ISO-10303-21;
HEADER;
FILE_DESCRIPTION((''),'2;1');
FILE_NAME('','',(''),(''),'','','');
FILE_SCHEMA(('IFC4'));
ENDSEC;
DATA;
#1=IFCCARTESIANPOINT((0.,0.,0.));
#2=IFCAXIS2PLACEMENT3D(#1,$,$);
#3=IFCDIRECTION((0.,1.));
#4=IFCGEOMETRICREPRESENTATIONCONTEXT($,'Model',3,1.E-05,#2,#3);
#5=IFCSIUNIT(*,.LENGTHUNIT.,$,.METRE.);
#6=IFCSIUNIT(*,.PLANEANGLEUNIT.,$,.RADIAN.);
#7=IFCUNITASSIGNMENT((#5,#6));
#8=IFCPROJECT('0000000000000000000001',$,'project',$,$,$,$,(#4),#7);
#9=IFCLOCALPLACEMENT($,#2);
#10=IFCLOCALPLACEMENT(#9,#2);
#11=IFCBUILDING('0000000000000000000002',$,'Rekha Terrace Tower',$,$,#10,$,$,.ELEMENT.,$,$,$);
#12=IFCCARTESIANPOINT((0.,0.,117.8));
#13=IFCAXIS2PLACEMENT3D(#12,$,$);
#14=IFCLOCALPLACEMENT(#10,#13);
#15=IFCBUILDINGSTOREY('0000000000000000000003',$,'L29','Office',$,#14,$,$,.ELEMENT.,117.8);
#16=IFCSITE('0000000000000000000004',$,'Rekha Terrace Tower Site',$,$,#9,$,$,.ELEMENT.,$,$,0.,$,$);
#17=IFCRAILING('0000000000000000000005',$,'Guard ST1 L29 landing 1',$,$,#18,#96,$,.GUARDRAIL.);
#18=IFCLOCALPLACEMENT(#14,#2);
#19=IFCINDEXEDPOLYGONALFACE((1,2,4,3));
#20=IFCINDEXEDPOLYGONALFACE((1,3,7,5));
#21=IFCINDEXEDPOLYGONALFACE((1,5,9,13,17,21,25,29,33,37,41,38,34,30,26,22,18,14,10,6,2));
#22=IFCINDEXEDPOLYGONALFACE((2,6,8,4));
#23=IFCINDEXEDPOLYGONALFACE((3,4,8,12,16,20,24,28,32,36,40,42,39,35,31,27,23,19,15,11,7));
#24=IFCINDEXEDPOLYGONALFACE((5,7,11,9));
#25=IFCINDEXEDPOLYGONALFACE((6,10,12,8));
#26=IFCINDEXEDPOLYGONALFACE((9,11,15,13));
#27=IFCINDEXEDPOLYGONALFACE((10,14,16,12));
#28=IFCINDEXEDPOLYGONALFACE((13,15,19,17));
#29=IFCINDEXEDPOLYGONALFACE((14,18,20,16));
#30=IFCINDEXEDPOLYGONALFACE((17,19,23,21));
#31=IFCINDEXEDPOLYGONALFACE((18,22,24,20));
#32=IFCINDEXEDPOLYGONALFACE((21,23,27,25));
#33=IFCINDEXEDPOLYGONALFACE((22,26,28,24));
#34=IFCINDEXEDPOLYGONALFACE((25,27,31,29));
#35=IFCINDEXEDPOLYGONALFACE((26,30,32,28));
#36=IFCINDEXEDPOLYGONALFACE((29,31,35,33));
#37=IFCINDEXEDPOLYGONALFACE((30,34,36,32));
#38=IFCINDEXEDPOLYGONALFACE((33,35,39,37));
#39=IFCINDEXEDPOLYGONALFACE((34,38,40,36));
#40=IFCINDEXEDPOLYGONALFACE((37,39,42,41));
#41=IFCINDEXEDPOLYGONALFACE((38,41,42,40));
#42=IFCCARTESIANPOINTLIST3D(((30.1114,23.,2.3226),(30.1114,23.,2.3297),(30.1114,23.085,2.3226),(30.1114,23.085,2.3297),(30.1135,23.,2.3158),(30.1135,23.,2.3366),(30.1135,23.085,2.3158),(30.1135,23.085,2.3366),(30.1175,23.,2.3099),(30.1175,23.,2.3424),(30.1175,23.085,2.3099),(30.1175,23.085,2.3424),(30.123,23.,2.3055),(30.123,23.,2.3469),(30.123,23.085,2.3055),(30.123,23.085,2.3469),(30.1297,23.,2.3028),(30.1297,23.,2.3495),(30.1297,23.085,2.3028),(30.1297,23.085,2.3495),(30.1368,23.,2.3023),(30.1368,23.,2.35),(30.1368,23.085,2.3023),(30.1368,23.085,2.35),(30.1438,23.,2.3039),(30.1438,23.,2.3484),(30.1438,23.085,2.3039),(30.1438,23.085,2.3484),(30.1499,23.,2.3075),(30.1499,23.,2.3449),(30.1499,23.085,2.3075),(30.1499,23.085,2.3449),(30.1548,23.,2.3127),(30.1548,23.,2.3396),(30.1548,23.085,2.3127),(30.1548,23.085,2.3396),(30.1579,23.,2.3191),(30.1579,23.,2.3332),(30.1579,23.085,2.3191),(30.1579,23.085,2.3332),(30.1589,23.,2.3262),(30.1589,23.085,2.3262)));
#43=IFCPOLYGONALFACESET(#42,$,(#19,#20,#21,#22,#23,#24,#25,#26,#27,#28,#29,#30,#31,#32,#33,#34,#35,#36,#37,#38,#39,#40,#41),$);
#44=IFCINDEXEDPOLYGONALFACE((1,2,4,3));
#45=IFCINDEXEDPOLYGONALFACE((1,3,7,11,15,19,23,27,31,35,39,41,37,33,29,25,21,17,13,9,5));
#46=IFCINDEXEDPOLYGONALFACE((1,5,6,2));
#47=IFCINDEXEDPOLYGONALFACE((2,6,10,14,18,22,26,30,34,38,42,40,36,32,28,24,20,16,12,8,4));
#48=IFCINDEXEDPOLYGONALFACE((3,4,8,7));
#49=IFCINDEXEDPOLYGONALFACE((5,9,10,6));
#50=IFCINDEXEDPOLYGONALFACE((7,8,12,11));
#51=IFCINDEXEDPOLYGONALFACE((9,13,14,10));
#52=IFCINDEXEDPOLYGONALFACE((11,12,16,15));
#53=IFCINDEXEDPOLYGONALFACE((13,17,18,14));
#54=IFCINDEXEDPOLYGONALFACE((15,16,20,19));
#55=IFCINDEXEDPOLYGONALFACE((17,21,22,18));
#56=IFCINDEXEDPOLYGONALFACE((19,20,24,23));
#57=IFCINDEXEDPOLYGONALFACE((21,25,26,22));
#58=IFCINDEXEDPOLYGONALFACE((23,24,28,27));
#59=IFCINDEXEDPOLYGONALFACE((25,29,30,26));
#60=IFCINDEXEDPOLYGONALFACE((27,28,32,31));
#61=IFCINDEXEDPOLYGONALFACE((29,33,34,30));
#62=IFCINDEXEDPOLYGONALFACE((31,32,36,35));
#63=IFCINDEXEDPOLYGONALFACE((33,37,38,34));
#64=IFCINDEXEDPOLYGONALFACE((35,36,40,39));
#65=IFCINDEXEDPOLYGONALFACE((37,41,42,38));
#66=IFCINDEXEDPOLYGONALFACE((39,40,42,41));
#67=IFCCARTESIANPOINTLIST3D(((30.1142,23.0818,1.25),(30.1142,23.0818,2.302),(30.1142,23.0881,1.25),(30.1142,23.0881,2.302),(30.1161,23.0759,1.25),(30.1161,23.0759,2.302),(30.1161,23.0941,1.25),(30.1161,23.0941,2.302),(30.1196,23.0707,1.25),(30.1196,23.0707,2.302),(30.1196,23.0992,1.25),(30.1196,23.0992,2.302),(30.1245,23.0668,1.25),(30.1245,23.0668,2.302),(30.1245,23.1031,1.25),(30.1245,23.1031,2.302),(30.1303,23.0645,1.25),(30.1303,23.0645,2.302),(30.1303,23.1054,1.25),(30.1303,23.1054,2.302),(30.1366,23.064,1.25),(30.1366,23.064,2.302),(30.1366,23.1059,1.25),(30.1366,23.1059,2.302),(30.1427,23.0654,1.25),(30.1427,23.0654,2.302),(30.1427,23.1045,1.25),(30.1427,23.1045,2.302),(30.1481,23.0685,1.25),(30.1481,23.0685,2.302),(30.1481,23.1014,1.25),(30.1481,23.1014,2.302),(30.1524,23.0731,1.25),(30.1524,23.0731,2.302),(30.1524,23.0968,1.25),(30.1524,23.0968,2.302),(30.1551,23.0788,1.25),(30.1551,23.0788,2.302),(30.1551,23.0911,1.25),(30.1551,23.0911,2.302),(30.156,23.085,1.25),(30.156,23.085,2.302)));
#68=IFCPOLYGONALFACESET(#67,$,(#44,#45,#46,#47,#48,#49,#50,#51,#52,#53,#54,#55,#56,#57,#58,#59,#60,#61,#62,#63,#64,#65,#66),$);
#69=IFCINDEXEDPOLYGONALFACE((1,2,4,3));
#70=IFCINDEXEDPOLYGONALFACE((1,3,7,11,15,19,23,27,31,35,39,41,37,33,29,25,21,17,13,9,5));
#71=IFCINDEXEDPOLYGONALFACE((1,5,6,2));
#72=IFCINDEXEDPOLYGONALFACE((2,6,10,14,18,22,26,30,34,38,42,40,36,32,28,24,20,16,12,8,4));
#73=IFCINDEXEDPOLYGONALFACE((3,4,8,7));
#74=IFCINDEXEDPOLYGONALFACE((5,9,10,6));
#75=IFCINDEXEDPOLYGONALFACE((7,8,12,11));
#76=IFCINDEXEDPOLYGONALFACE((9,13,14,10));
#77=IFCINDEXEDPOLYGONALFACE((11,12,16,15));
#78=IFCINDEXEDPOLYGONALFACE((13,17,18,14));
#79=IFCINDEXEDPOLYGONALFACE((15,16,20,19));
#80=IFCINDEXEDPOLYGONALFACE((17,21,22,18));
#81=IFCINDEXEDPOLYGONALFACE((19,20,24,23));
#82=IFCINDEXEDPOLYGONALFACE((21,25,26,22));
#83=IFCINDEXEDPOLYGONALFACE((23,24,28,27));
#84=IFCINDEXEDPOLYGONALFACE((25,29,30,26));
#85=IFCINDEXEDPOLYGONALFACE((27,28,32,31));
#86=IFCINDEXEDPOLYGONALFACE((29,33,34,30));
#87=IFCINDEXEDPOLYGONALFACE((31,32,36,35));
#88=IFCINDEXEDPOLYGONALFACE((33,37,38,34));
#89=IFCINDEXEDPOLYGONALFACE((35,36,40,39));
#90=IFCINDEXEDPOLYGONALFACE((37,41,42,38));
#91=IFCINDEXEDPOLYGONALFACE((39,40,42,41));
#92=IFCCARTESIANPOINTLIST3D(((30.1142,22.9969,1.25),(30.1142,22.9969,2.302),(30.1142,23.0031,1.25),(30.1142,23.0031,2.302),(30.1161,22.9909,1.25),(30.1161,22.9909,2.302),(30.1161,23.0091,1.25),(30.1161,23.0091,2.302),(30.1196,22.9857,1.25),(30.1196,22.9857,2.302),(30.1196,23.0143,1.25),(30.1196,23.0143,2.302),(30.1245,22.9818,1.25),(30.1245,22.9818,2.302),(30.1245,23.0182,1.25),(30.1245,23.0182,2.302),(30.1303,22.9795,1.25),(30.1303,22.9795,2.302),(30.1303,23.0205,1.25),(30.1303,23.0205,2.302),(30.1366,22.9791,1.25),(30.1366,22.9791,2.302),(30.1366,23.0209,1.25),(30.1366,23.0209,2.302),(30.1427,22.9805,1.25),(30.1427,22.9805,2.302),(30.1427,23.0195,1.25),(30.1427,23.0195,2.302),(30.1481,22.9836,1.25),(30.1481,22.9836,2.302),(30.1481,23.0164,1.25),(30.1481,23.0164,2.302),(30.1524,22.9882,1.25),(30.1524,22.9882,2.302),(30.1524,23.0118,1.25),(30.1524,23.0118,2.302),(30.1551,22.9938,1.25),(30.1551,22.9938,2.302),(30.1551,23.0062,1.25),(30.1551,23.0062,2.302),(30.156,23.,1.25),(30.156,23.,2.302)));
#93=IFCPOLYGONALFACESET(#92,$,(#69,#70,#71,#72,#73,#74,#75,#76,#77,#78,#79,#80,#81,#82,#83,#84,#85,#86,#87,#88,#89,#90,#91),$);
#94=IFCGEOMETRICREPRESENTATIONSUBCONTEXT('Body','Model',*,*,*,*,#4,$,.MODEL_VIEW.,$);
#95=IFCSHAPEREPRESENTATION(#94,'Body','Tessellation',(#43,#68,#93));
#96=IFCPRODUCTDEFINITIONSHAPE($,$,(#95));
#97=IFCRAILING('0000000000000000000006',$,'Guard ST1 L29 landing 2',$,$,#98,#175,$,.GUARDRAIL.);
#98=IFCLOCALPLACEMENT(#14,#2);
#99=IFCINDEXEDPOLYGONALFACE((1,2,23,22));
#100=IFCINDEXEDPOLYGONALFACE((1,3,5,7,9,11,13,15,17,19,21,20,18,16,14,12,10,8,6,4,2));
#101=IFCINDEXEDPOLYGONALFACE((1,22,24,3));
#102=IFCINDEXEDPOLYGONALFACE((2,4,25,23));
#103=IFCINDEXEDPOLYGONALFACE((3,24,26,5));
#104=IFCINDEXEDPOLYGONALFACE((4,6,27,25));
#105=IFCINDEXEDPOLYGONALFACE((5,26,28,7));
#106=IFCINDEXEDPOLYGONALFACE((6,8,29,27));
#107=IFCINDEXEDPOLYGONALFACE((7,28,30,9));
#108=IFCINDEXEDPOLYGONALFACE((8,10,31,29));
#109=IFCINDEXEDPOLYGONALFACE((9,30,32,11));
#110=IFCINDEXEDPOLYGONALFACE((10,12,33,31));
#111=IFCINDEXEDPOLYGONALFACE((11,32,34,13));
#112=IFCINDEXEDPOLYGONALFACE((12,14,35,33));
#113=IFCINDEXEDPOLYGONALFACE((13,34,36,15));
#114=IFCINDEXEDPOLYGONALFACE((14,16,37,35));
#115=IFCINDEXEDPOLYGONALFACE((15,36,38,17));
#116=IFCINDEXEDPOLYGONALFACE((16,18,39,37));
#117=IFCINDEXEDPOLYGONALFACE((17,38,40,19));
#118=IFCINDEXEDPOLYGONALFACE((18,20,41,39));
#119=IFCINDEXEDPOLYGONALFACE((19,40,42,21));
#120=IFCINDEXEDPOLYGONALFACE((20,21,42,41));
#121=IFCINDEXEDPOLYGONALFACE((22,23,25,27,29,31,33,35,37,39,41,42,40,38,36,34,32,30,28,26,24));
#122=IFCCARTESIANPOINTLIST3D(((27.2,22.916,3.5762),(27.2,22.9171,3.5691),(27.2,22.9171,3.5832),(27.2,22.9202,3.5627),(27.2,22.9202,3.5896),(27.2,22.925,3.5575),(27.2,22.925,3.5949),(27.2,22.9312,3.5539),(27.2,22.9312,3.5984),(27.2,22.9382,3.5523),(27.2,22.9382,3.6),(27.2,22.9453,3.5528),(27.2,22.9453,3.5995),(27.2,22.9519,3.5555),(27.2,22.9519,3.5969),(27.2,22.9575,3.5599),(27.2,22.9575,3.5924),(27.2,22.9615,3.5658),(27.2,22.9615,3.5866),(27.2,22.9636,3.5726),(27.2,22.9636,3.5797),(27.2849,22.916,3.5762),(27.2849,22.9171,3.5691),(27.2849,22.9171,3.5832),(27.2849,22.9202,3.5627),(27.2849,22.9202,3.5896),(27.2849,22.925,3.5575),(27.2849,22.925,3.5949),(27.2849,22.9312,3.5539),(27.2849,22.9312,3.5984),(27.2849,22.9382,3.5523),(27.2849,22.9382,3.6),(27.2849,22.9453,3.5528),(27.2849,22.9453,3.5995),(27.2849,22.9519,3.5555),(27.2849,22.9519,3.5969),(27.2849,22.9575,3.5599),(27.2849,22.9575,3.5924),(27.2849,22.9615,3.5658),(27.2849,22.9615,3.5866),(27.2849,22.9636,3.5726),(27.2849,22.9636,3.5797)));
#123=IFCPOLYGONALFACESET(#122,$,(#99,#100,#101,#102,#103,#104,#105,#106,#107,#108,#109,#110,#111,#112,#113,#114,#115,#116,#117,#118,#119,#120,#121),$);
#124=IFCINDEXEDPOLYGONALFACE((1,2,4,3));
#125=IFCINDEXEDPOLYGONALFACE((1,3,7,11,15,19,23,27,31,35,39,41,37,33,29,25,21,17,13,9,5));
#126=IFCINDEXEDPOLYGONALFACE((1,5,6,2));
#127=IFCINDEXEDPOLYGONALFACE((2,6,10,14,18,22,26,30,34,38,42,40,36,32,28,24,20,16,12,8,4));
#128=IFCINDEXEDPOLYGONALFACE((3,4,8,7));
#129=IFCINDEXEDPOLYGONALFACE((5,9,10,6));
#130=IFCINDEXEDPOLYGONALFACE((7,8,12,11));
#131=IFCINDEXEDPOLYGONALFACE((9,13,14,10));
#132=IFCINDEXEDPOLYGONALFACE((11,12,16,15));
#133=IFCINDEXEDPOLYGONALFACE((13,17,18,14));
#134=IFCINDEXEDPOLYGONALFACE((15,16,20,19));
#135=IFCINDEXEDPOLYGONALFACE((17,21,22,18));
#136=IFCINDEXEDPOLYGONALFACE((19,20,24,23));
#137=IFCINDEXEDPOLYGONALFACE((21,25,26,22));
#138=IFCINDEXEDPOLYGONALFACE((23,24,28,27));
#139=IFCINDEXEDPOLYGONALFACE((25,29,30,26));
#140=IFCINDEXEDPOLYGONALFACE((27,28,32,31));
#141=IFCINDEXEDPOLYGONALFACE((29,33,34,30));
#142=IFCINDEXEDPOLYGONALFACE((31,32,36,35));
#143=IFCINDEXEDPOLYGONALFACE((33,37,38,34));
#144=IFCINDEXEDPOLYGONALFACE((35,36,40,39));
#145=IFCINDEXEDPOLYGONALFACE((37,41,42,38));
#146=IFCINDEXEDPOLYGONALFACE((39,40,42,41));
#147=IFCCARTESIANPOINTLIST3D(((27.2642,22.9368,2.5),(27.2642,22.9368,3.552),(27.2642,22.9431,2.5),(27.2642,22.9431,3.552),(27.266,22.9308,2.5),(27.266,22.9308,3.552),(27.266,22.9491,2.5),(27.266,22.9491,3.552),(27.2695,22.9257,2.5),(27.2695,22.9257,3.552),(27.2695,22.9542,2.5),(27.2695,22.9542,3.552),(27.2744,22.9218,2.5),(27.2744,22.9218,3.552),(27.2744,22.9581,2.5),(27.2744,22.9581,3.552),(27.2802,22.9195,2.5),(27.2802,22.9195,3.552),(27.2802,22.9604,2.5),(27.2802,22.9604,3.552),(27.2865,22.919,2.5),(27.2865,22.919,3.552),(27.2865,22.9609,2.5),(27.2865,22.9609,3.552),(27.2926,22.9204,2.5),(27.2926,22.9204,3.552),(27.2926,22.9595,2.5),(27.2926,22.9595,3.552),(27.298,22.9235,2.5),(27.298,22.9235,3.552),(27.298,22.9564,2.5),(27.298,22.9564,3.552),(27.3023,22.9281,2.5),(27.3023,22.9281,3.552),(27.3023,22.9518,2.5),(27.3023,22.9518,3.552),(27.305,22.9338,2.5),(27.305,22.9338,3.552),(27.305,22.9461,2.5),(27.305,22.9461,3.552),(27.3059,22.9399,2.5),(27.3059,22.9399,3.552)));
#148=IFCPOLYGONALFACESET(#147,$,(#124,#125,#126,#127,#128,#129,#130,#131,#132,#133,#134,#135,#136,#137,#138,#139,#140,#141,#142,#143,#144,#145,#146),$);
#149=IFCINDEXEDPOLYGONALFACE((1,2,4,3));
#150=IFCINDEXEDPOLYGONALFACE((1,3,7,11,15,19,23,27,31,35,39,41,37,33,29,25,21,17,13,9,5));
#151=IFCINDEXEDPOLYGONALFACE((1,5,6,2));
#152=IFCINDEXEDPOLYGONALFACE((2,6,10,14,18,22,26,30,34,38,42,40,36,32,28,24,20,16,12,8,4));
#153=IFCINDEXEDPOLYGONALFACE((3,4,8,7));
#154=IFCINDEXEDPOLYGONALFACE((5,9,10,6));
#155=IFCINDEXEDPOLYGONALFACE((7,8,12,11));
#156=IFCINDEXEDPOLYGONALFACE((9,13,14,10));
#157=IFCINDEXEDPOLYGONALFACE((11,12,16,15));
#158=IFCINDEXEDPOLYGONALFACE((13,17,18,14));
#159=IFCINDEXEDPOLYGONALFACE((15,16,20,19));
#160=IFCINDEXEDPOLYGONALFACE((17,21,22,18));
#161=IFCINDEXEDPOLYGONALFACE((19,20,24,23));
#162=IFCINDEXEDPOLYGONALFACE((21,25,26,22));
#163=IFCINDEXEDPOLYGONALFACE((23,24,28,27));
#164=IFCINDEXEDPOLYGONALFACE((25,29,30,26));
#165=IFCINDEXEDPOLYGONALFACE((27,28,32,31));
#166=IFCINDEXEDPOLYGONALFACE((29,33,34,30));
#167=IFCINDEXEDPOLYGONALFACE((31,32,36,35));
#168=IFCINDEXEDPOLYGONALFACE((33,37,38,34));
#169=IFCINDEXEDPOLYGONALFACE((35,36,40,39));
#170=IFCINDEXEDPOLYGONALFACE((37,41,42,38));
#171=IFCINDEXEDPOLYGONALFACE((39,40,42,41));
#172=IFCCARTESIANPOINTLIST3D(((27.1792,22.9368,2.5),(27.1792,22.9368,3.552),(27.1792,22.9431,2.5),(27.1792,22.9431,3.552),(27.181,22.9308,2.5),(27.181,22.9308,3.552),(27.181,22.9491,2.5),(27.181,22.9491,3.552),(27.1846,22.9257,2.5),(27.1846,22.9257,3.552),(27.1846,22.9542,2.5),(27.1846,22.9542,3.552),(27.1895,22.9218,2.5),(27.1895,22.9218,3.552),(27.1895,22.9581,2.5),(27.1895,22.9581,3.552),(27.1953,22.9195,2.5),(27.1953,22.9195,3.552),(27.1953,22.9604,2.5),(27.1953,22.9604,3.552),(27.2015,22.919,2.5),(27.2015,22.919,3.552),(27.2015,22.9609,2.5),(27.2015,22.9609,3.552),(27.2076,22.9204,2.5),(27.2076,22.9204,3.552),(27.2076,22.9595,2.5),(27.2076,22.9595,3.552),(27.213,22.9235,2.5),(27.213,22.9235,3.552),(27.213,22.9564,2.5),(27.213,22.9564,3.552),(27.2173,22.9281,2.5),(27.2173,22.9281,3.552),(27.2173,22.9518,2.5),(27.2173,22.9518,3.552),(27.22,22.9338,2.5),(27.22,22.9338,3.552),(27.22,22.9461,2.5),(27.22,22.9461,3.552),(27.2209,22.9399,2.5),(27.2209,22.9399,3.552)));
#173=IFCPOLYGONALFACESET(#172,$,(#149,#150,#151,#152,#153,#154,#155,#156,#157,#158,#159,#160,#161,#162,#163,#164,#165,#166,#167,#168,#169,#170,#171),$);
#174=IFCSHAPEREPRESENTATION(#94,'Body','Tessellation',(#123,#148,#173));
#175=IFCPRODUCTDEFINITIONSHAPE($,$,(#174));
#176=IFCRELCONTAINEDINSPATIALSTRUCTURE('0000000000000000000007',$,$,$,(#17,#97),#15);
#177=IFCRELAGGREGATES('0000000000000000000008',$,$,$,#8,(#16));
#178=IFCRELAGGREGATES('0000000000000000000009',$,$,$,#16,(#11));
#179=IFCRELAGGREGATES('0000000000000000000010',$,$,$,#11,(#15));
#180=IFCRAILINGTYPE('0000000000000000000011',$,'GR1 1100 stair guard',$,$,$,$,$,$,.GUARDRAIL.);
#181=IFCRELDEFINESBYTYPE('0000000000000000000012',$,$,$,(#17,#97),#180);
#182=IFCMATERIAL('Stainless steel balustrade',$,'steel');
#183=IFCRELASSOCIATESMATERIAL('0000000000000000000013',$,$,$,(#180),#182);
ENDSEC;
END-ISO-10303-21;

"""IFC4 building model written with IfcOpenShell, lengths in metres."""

from ifc_helpers import new_model, si_unit, direction, frame, origin, origin_2d, place, context, subcontext, project, spatial, circle, extrude, material, type_object, element, save


model = new_model("IFC4")

# Units and contexts
model_context = context("Model", 3, precision=1e-05, world=origin(), true_north=direction((0.0, 1.0)))
body_context = subcontext(model_context, "Body", "Model", "MODEL_VIEW")
ifc_project = project(units=[si_unit("LENGTHUNIT", "METRE"), si_unit("PLANEANGLEUNIT", "RADIAN")], contexts=[model_context])

# Site, building, storey
site_placement = place(None, origin())
site = spatial("IfcSite", under=ifc_project, at=site_placement, Name="Rekha Terrace Tower Site", CompositionType="ELEMENT", RefElevation=0.0)
building_placement = place(site_placement, origin())
building = spatial("IfcBuilding", under=site, at=building_placement, Name="Rekha Terrace Tower", CompositionType="ELEMENT")
storey_placement = place(building_placement, frame((0.0, 0.0, 117.8)))
storey = spatial("IfcBuildingStorey", under=building, at=storey_placement, Name="L29", Description="Office", CompositionType="ELEMENT", Elevation=117.8)

# Railings
ifc_material_1 = material(Name="Stainless steel balustrade", Category="steel")
railing_type_1 = type_object("IfcRailingType", Name="GR1 1100 stair guard", PredefinedType="GUARDRAIL", material=ifc_material_1)
railing_1_placement = place(storey_placement, frame((30.135, 23.085, 1.25)))
element("IfcRailing", 1, at=railing_1_placement, inside=storey, type_object=railing_type_1, Name="Guard ST1 L29 landing 1", PredefinedType="GUARDRAIL", context=body_context, shape_type="SweptSolid", body=[
    extrude(circle(Radius=0.0239, at=origin_2d()), frame((0.0, 0.0, 1.0762), z_axis=(0.0, -1.0, 0.0), x_axis=(1.0, 0.0, 0.0)), (0.0, 0.0, 1.0), 0.085),
    extrude(circle(Radius=0.021, at=origin_2d()), origin(), (0.0, 0.0, 1.0), 1.052),
    extrude(circle(Radius=0.021, at=origin_2d()), frame((0.0, -0.085, 0.0)), (0.0, 0.0, 1.0), 1.052),
])
railing_2_placement = place(storey_placement, frame((27.2849, 22.9399, 2.5)))
element("IfcRailing", 2, at=railing_2_placement, inside=storey, type_object=railing_type_1, Name="Guard ST1 L29 landing 2", PredefinedType="GUARDRAIL", context=body_context, shape_type="SweptSolid", body=[
    extrude(circle(Radius=0.0239, at=origin_2d()), frame((0.0, 0.0, 1.0762), z_axis=(-1.0, 0.0, 0.0), x_axis=(0.0, -1.0, 0.0)), (0.0, 0.0, 1.0), 0.085),
    extrude(circle(Radius=0.021, at=origin_2d()), origin(), (0.0, 0.0, 1.0), 1.052),
    extrude(circle(Radius=0.021, at=origin_2d()), frame((-0.085, 0.0, 0.0)), (0.0, 0.0, 1.0), 1.052),
])

save(model, "model.ifc")
